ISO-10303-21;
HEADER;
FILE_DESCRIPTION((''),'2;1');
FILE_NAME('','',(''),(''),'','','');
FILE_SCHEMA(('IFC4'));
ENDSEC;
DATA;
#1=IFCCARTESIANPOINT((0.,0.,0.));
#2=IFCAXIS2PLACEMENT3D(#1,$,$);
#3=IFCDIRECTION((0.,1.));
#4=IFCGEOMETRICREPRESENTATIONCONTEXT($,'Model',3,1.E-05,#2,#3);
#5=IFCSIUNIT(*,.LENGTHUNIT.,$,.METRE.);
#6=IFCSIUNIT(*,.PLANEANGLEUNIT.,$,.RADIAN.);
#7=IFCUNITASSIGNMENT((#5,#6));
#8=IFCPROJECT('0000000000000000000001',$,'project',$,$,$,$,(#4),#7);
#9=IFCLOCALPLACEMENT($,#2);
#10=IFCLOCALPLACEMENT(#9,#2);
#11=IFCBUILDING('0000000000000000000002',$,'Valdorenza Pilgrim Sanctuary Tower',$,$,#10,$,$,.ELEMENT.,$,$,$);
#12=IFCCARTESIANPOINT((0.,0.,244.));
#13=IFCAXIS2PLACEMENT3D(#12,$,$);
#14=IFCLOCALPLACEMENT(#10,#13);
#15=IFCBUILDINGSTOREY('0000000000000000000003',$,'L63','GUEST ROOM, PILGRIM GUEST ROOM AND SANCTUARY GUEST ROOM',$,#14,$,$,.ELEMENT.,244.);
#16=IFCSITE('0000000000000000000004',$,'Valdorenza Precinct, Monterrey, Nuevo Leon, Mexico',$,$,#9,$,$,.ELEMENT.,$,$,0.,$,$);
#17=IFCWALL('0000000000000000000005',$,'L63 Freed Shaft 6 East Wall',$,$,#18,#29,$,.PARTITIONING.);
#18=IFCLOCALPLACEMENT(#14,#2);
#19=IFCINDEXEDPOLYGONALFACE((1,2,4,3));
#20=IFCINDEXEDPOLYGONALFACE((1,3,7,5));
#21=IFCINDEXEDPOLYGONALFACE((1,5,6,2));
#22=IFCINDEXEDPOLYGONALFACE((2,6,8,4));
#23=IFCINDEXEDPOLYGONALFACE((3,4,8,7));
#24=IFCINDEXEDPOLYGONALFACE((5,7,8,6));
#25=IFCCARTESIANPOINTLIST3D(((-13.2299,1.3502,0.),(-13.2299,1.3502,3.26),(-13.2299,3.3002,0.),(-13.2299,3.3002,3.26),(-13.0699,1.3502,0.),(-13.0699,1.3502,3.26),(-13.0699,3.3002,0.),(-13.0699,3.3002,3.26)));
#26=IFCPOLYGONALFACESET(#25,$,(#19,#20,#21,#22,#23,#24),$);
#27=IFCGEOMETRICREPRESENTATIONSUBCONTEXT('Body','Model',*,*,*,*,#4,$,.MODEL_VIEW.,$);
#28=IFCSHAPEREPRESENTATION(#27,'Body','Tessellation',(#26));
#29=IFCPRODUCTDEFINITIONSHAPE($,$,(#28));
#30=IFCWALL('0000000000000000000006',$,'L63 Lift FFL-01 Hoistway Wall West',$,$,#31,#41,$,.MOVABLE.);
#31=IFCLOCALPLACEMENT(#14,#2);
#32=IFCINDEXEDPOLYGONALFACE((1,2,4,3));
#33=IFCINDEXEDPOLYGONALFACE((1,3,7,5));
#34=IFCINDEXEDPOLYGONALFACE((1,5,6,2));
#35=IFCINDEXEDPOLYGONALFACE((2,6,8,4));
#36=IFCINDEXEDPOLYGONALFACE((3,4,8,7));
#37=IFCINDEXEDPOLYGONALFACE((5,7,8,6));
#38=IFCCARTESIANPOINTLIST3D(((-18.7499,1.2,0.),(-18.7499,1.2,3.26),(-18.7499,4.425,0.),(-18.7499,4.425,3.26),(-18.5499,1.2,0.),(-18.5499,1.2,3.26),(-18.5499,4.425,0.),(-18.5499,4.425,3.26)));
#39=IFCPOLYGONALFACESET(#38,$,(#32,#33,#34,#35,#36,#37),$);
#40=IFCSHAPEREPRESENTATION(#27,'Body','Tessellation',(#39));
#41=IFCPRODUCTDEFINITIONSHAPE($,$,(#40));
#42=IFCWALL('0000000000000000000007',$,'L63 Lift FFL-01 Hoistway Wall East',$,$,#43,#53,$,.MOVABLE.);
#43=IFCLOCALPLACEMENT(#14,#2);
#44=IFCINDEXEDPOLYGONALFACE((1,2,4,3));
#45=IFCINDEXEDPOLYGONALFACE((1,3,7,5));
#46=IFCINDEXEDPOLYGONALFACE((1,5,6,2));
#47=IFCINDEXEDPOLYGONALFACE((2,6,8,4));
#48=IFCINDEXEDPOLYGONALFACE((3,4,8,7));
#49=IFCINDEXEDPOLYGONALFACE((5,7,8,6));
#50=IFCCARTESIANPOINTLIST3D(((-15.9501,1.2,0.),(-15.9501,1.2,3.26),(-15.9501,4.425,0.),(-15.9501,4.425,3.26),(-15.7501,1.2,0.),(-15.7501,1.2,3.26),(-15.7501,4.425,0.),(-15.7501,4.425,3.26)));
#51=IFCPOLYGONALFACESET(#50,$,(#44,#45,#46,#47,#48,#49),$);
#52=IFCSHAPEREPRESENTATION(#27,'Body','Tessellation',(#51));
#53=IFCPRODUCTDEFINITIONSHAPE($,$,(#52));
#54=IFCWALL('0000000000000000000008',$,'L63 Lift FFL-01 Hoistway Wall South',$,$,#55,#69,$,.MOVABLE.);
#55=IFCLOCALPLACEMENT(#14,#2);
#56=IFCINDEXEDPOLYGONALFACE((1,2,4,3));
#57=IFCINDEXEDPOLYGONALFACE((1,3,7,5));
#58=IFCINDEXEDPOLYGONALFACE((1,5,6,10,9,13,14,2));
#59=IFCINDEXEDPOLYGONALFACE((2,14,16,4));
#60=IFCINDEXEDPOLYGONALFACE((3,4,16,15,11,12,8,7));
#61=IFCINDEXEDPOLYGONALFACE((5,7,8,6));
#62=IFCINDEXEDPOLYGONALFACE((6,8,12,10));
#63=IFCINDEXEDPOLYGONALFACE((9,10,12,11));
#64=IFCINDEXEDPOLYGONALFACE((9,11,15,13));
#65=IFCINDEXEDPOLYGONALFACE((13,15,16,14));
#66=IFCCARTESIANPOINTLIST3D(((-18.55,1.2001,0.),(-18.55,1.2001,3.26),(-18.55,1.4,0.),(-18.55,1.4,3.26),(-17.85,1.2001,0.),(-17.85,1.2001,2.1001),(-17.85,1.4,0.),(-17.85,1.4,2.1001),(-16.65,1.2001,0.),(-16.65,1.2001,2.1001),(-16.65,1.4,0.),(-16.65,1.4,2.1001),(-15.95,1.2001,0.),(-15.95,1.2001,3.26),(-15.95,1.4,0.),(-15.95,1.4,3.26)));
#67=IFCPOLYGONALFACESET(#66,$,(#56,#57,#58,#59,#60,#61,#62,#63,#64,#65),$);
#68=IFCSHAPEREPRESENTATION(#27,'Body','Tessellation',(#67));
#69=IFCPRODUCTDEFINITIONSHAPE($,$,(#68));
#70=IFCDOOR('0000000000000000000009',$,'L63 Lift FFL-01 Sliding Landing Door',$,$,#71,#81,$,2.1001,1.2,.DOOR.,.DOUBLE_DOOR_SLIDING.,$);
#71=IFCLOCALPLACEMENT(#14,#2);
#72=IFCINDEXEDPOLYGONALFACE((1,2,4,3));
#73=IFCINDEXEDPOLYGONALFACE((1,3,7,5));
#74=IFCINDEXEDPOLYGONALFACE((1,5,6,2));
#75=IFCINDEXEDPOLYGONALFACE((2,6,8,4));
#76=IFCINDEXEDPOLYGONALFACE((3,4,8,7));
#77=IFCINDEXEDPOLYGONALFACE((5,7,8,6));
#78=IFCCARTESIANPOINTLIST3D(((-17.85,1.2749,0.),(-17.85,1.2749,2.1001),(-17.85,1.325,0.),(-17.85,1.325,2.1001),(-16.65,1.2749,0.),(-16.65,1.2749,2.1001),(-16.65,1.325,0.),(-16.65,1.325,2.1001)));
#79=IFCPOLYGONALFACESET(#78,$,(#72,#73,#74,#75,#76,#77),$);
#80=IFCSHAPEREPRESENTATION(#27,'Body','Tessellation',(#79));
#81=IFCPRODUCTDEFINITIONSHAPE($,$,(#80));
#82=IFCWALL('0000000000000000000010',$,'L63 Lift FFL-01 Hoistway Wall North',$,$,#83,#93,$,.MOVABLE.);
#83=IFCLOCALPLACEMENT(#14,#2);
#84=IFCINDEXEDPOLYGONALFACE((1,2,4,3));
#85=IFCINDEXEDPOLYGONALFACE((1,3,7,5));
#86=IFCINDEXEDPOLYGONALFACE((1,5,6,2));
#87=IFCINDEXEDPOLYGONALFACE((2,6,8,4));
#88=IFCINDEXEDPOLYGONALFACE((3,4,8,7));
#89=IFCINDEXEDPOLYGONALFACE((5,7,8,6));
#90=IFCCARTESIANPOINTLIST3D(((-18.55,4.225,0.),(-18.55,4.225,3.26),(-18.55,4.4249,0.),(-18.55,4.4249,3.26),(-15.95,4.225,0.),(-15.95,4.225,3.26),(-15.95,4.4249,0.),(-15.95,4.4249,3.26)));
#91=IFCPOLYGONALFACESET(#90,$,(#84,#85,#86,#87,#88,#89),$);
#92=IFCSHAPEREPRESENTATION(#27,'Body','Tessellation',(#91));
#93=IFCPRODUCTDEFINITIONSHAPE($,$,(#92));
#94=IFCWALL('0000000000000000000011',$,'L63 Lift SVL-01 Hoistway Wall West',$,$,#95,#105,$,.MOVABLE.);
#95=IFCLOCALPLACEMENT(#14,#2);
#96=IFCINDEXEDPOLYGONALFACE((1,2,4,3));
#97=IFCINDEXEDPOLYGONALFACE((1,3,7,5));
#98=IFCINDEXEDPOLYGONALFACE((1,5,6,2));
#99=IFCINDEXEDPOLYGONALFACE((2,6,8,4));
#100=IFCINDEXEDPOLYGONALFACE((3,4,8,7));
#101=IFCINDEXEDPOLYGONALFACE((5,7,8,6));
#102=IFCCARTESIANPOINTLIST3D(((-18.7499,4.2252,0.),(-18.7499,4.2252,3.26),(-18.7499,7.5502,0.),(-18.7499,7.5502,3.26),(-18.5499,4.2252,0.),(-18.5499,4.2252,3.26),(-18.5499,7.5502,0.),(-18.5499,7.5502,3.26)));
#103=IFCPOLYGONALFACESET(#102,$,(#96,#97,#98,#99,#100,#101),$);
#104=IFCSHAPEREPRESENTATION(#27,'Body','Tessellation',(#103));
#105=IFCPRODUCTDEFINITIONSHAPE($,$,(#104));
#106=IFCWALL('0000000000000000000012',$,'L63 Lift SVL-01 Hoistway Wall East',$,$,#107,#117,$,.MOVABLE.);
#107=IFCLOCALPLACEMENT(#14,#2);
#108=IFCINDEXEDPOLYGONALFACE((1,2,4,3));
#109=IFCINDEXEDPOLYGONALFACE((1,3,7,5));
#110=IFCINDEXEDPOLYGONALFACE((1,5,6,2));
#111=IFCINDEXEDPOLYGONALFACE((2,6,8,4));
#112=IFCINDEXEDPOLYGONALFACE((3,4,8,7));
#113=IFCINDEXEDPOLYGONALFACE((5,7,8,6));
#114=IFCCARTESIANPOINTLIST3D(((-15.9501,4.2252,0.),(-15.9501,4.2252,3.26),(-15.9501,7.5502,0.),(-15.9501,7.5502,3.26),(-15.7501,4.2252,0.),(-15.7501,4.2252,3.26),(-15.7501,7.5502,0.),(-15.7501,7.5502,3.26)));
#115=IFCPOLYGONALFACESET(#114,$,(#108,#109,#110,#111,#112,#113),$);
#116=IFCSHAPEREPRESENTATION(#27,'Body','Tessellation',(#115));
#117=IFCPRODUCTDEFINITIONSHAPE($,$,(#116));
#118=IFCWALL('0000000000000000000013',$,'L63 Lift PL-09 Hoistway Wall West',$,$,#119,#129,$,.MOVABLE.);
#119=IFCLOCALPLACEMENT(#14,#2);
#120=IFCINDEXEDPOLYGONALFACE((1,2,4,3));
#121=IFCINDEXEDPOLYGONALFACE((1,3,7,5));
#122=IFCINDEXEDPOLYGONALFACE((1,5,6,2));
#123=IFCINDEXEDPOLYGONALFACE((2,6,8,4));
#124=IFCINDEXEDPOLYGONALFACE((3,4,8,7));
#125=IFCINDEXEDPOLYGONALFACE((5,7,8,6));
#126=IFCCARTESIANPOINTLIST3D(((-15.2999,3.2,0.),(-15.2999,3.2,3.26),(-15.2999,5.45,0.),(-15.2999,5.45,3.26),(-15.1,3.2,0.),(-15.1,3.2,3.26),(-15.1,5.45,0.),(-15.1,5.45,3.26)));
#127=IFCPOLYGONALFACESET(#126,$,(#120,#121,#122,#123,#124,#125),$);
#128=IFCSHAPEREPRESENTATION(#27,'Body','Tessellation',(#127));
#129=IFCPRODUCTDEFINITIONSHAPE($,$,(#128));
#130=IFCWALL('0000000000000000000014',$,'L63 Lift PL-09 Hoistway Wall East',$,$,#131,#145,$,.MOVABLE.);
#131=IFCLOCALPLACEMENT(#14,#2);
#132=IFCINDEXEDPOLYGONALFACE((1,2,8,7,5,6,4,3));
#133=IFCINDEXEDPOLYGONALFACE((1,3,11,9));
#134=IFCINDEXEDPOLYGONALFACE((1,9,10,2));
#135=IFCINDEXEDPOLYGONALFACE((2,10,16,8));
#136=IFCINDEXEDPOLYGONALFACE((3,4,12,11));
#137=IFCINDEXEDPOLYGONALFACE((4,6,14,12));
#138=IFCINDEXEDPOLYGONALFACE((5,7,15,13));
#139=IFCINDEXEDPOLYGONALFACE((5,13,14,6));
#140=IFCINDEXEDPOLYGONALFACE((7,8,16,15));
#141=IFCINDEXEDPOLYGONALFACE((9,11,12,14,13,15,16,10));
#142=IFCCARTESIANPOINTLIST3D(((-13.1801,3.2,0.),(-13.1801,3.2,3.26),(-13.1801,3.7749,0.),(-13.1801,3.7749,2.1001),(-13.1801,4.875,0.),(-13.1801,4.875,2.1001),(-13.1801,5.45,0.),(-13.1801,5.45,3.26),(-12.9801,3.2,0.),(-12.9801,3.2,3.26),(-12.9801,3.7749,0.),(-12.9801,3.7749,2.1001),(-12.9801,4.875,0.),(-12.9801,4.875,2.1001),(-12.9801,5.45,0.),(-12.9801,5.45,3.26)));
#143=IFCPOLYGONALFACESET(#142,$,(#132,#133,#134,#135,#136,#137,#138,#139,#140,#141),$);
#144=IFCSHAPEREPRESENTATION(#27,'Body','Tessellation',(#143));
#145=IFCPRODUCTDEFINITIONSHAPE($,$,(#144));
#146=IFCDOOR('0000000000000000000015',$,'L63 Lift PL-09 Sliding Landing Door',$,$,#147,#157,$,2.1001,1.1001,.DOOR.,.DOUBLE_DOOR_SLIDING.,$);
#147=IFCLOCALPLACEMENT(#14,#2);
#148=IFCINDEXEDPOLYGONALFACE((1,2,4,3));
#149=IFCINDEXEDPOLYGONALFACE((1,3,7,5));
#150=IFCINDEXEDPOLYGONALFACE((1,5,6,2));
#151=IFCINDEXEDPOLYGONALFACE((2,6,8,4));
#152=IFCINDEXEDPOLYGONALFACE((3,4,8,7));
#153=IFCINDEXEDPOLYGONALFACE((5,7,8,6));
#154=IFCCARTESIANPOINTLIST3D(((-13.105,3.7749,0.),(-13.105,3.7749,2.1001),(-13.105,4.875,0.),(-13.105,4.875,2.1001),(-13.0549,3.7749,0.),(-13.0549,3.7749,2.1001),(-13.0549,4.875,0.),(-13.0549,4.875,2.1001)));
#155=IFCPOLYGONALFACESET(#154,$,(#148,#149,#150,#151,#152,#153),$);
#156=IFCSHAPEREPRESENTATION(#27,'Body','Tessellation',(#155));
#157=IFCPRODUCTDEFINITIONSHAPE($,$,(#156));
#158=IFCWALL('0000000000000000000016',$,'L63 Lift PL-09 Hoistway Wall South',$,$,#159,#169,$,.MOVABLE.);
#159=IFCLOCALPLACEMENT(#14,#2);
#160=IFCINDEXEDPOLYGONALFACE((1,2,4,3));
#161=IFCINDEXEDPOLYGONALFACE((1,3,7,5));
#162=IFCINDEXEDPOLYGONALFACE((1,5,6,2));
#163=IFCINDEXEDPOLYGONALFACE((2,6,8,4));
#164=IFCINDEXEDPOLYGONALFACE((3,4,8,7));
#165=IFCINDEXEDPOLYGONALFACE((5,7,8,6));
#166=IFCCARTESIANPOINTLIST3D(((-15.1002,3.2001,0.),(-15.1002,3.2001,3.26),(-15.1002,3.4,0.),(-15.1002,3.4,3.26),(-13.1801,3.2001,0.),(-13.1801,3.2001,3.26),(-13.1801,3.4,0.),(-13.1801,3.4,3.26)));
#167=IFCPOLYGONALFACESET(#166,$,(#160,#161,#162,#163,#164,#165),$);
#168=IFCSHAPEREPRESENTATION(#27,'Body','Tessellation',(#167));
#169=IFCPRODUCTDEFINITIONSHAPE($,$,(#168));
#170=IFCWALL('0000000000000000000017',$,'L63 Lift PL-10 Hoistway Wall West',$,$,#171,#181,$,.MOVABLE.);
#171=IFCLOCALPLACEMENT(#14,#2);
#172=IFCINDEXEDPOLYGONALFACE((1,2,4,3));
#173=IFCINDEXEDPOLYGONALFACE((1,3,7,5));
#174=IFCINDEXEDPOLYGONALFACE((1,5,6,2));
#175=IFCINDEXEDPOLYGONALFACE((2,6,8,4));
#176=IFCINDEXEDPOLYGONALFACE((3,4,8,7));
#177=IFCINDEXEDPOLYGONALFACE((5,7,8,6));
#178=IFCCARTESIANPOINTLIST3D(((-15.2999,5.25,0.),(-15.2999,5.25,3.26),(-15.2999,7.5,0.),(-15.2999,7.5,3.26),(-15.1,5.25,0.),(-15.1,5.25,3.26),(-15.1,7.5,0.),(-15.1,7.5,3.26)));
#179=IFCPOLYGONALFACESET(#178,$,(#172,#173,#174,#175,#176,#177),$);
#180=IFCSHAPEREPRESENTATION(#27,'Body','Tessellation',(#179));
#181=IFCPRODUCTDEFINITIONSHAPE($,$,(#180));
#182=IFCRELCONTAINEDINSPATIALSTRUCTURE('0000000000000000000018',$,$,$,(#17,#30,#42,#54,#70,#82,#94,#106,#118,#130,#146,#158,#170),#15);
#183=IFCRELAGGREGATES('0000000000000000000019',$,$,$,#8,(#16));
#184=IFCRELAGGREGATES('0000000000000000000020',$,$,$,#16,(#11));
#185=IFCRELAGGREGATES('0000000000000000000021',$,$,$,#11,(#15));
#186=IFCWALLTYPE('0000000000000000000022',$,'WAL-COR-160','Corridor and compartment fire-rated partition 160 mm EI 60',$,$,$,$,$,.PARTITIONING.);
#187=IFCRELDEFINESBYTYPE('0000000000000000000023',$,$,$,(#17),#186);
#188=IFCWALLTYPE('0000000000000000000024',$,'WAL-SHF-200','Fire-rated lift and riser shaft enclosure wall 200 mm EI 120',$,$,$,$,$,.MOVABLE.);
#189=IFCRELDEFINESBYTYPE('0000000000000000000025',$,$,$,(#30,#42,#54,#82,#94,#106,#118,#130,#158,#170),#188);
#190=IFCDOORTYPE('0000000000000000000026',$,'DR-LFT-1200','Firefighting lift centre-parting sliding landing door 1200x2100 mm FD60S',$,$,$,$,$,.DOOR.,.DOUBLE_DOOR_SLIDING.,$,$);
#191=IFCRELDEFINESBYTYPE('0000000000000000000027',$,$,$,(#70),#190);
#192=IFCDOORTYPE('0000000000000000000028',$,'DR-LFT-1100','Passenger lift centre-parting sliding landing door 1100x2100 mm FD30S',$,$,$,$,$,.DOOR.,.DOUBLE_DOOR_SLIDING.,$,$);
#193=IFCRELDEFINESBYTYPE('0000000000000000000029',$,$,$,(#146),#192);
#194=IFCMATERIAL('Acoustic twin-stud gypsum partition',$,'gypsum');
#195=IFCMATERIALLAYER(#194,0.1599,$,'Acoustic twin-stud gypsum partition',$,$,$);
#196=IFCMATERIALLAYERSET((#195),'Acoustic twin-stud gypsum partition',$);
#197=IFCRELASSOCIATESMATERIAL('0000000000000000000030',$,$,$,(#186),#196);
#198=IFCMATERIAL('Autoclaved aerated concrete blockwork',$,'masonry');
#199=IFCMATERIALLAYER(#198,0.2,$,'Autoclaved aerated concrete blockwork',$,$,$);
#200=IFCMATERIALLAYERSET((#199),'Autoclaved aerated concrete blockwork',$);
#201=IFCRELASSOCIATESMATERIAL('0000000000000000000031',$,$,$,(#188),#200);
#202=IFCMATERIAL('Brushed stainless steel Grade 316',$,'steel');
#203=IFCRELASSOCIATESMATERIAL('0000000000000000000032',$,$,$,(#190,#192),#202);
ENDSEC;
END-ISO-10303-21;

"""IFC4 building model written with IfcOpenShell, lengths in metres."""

from ifc_helpers import new_model, si_unit, direction, frame, frame_2d, origin, place, context, subcontext, project, spatial, rectangle, extrude, material, layer, layer_set, type_object, element, fill, save


model = new_model("IFC4")

# Units and contexts
model_context = context("Model", 3, precision=1e-05, world=origin(), true_north=direction((0.0, 1.0)))
body_context = subcontext(model_context, "Body", "Model", "MODEL_VIEW")
ifc_project = project(units=[si_unit("LENGTHUNIT", "METRE"), si_unit("PLANEANGLEUNIT", "RADIAN")], contexts=[model_context])

# Site, building, storey
site_placement = place(None, origin())
site = spatial("IfcSite", under=ifc_project, at=site_placement, Name="Valdorenza Precinct, Monterrey, Nuevo Leon, Mexico", CompositionType="ELEMENT", RefElevation=0.0)
building_placement = place(site_placement, origin())
building = spatial("IfcBuilding", under=site, at=building_placement, Name="Valdorenza Pilgrim Sanctuary Tower", CompositionType="ELEMENT")
storey_placement = place(building_placement, frame((0.0, 0.0, 244.0)))
storey = spatial("IfcBuildingStorey", under=building, at=storey_placement, Name="L63", Description="GUEST ROOM, PILGRIM GUEST ROOM AND SANCTUARY GUEST ROOM", CompositionType="ELEMENT", Elevation=244.0)

# Walls
ifc_material_1 = material(Name="Acoustic twin-stud gypsum partition", Category="gypsum")
ifc_layer_1 = layer(ifc_material_1, 0.1599, Name="Acoustic twin-stud gypsum partition")
ifc_layer_set_1 = layer_set([ifc_layer_1], Name="Acoustic twin-stud gypsum partition")
wall_type_1 = type_object("IfcWallType", Name="WAL-COR-160", Description="Corridor and compartment fire-rated partition 160 mm EI 60", PredefinedType="PARTITIONING", material=ifc_layer_set_1)
wall_1_placement = place(storey_placement, frame((-13.1499, 1.3501, 0.0), z_axis=(0.0, 0.0, 1.0), x_axis=(0.0, 1.0, 0.0)))
element("IfcWall", 1, at=wall_1_placement, inside=storey, type_object=wall_type_1, Name="L63 Freed Shaft 6 East Wall", PredefinedType="PARTITIONING", context=body_context, shape_type="SweptSolid", body=[
    extrude(rectangle(XDim=1.95, YDim=0.1599, at=frame_2d((0.9751, 0.0))), origin(), (0.0, 0.0, 1.0), 3.26),
])
ifc_material_2 = material(Name="Autoclaved aerated concrete blockwork", Category="masonry")
ifc_layer_2 = layer(ifc_material_2, 0.2, Name="Autoclaved aerated concrete blockwork")
ifc_layer_set_2 = layer_set([ifc_layer_2], Name="Autoclaved aerated concrete blockwork")
wall_type_2 = type_object("IfcWallType", Name="WAL-SHF-200", Description="Fire-rated lift and riser shaft enclosure wall 200 mm EI 120", PredefinedType="MOVABLE", material=ifc_layer_set_2)
for number, where, z_axis, x_axis, name in (
    (2, (-18.6499, 1.2, 0.0), (0.0, 0.0, 1.0), (0.0, 1.0, 0.0), "L63 Lift FFL-01 Hoistway Wall West"),
    (3, (-15.8501, 1.2, 0.0), (0.0, 0.0, 1.0), (0.0, 1.0, 0.0), "L63 Lift FFL-01 Hoistway Wall East"),
):
    element("IfcWall", number, at=place(storey_placement, frame(where, z_axis=z_axis, x_axis=x_axis)), inside=storey, type_object=wall_type_2, Name=name, PredefinedType="MOVABLE", context=body_context, shape_type="SweptSolid", body=[
        extrude(rectangle(XDim=3.2251, YDim=0.2, at=frame_2d((1.6125, 0.0))), origin(), (0.0, 0.0, 1.0), 3.26),
    ])

# Wall, opening, door
wall_2_placement = place(storey_placement, frame((-18.55, 1.3, 0.0), z_axis=(0.0, 0.0, 1.0), x_axis=(1.0, 0.0, 0.0)))
wall_2 = element("IfcWall", 4, at=wall_2_placement, inside=storey, type_object=wall_type_2, Name="L63 Lift FFL-01 Hoistway Wall South", PredefinedType="MOVABLE", context=body_context, shape_type="SweptSolid", body=[
    extrude(rectangle(XDim=2.6001, YDim=0.2, at=frame_2d((1.3, 0.0))), origin(), (0.0, 0.0, 1.0), 3.26),
])
opening_1_placement = place(wall_2_placement, frame((0.7, 0.0, 0.0)))
opening_1 = element("IfcOpeningElement", 5, at=opening_1_placement, cuts=wall_2, PredefinedType="OPENING", context=body_context, shape_type="SweptSolid", body=[
    extrude(rectangle(XDim=1.2, YDim=2.1001, at=frame_2d((0.6001, 1.05))), frame((0.0, 0.1147, 0.0), z_axis=(0.0, -1.0, 0.0), x_axis=(1.0, 0.0, 0.0)), (0.0, 0.0, 1.0), 0.2297),
])
ifc_material_3 = material(Name="Brushed stainless steel Grade 316", Category="steel")
door_type_1 = type_object("IfcDoorType", Name="DR-LFT-1200", Description="Firefighting lift centre-parting sliding landing door 1200x2100 mm FD60S", OperationType="DOUBLE_DOOR_SLIDING", PredefinedType="DOOR", material=ifc_material_3)
door_1_placement = place(opening_1_placement, origin())
door_1 = element("IfcDoor", 6, at=door_1_placement, inside=storey, type_object=door_type_1, Name="L63 Lift FFL-01 Sliding Landing Door", OperationType="DOUBLE_DOOR_SLIDING", OverallHeight=2.1001, OverallWidth=1.2, PredefinedType="DOOR", context=body_context, shape_type="SweptSolid", body=[
    extrude(rectangle(XDim=1.2, YDim=2.1001, at=frame_2d((0.6001, 1.05))), frame((0.0, 0.0249, 0.0), z_axis=(0.0, -1.0, 0.0), x_axis=(1.0, 0.0, 0.0)), (0.0, 0.0, 1.0), 0.05),
])
fill(opening_1, door_1)

# Walls
wall_3_placement = place(storey_placement, frame((-18.55, 4.325, 0.0), z_axis=(0.0, 0.0, 1.0), x_axis=(1.0, 0.0, 0.0)))
element("IfcWall", 7, at=wall_3_placement, inside=storey, type_object=wall_type_2, Name="L63 Lift FFL-01 Hoistway Wall North", PredefinedType="MOVABLE", context=body_context, shape_type="SweptSolid", body=[
    extrude(rectangle(XDim=2.6001, YDim=0.2, at=frame_2d((1.3, 0.0))), origin(), (0.0, 0.0, 1.0), 3.26),
])
for number, where, z_axis, x_axis, name in (
    (8, (-18.6499, 4.2251, 0.0), (0.0, 0.0, 1.0), (0.0, 1.0, 0.0), "L63 Lift SVL-01 Hoistway Wall West"),
    (9, (-15.8501, 4.2251, 0.0), (0.0, 0.0, 1.0), (0.0, 1.0, 0.0), "L63 Lift SVL-01 Hoistway Wall East"),
):
    element("IfcWall", number, at=place(storey_placement, frame(where, z_axis=z_axis, x_axis=x_axis)), inside=storey, type_object=wall_type_2, Name=name, PredefinedType="MOVABLE", context=body_context, shape_type="SweptSolid", body=[
        extrude(rectangle(XDim=3.325, YDim=0.2, at=frame_2d((1.6626, 0.0))), origin(), (0.0, 0.0, 1.0), 3.26),
    ])
wall_4_placement = place(storey_placement, frame((-15.2, 3.2, 0.0), z_axis=(0.0, 0.0, 1.0), x_axis=(0.0, 1.0, 0.0)))
element("IfcWall", 10, at=wall_4_placement, inside=storey, type_object=wall_type_2, Name="L63 Lift PL-09 Hoistway Wall West", PredefinedType="MOVABLE", context=body_context, shape_type="SweptSolid", body=[
    extrude(rectangle(XDim=2.25, YDim=0.2, at=frame_2d((1.125, 0.0))), origin(), (0.0, 0.0, 1.0), 3.26),
])

# Wall, opening, door
wall_5_placement = place(storey_placement, frame((-13.0801, 3.2, 0.0), z_axis=(0.0, 0.0, 1.0), x_axis=(0.0, 1.0, 0.0)))
wall_5 = element("IfcWall", 11, at=wall_5_placement, inside=storey, type_object=wall_type_2, Name="L63 Lift PL-09 Hoistway Wall East", PredefinedType="MOVABLE", context=body_context, shape_type="SweptSolid", body=[
    extrude(rectangle(XDim=2.25, YDim=0.2, at=frame_2d((1.125, 0.0))), origin(), (0.0, 0.0, 1.0), 3.26),
])
opening_2_placement = place(wall_5_placement, frame((0.575, 0.0, 0.0)))
opening_2 = element("IfcOpeningElement", 12, at=opening_2_placement, cuts=wall_5, PredefinedType="OPENING", context=body_context, shape_type="SweptSolid", body=[
    extrude(rectangle(XDim=1.1001, YDim=2.1001, at=frame_2d((0.55, 1.05))), frame((0.0, 0.1147, 0.0), z_axis=(0.0, -1.0, 0.0), x_axis=(1.0, 0.0, 0.0)), (0.0, 0.0, 1.0), 0.2297),
])
door_type_2 = type_object("IfcDoorType", Name="DR-LFT-1100", Description="Passenger lift centre-parting sliding landing door 1100x2100 mm FD30S", OperationType="DOUBLE_DOOR_SLIDING", PredefinedType="DOOR", material=ifc_material_3)
door_2_placement = place(opening_2_placement, origin())
door_2 = element("IfcDoor", 13, at=door_2_placement, inside=storey, type_object=door_type_2, Name="L63 Lift PL-09 Sliding Landing Door", OperationType="DOUBLE_DOOR_SLIDING", OverallHeight=2.1001, OverallWidth=1.1001, PredefinedType="DOOR", context=body_context, shape_type="SweptSolid", body=[
    extrude(rectangle(XDim=1.1001, YDim=2.1001, at=frame_2d((0.55, 1.05))), frame((0.0, 0.0249, 0.0), z_axis=(0.0, -1.0, 0.0), x_axis=(1.0, 0.0, 0.0)), (0.0, 0.0, 1.0), 0.05),
])
fill(opening_2, door_2)

# Walls
wall_6_placement = place(storey_placement, frame((-15.1001, 3.3, 0.0), z_axis=(0.0, 0.0, 1.0), x_axis=(1.0, 0.0, 0.0)))
element("IfcWall", 14, at=wall_6_placement, inside=storey, type_object=wall_type_2, Name="L63 Lift PL-09 Hoistway Wall South", PredefinedType="MOVABLE", context=body_context, shape_type="SweptSolid", body=[
    extrude(rectangle(XDim=1.9202, YDim=0.2, at=frame_2d((0.96, 0.0))), origin(), (0.0, 0.0, 1.0), 3.26),
])
wall_7_placement = place(storey_placement, frame((-15.2, 5.25, 0.0), z_axis=(0.0, 0.0, 1.0), x_axis=(0.0, 1.0, 0.0)))
element("IfcWall", 15, at=wall_7_placement, inside=storey, type_object=wall_type_2, Name="L63 Lift PL-10 Hoistway Wall West", PredefinedType="MOVABLE", context=body_context, shape_type="SweptSolid", body=[
    extrude(rectangle(XDim=2.25, YDim=0.2, at=frame_2d((1.125, 0.0))), origin(), (0.0, 0.0, 1.0), 3.26),
])

save(model, "model.ifc")
